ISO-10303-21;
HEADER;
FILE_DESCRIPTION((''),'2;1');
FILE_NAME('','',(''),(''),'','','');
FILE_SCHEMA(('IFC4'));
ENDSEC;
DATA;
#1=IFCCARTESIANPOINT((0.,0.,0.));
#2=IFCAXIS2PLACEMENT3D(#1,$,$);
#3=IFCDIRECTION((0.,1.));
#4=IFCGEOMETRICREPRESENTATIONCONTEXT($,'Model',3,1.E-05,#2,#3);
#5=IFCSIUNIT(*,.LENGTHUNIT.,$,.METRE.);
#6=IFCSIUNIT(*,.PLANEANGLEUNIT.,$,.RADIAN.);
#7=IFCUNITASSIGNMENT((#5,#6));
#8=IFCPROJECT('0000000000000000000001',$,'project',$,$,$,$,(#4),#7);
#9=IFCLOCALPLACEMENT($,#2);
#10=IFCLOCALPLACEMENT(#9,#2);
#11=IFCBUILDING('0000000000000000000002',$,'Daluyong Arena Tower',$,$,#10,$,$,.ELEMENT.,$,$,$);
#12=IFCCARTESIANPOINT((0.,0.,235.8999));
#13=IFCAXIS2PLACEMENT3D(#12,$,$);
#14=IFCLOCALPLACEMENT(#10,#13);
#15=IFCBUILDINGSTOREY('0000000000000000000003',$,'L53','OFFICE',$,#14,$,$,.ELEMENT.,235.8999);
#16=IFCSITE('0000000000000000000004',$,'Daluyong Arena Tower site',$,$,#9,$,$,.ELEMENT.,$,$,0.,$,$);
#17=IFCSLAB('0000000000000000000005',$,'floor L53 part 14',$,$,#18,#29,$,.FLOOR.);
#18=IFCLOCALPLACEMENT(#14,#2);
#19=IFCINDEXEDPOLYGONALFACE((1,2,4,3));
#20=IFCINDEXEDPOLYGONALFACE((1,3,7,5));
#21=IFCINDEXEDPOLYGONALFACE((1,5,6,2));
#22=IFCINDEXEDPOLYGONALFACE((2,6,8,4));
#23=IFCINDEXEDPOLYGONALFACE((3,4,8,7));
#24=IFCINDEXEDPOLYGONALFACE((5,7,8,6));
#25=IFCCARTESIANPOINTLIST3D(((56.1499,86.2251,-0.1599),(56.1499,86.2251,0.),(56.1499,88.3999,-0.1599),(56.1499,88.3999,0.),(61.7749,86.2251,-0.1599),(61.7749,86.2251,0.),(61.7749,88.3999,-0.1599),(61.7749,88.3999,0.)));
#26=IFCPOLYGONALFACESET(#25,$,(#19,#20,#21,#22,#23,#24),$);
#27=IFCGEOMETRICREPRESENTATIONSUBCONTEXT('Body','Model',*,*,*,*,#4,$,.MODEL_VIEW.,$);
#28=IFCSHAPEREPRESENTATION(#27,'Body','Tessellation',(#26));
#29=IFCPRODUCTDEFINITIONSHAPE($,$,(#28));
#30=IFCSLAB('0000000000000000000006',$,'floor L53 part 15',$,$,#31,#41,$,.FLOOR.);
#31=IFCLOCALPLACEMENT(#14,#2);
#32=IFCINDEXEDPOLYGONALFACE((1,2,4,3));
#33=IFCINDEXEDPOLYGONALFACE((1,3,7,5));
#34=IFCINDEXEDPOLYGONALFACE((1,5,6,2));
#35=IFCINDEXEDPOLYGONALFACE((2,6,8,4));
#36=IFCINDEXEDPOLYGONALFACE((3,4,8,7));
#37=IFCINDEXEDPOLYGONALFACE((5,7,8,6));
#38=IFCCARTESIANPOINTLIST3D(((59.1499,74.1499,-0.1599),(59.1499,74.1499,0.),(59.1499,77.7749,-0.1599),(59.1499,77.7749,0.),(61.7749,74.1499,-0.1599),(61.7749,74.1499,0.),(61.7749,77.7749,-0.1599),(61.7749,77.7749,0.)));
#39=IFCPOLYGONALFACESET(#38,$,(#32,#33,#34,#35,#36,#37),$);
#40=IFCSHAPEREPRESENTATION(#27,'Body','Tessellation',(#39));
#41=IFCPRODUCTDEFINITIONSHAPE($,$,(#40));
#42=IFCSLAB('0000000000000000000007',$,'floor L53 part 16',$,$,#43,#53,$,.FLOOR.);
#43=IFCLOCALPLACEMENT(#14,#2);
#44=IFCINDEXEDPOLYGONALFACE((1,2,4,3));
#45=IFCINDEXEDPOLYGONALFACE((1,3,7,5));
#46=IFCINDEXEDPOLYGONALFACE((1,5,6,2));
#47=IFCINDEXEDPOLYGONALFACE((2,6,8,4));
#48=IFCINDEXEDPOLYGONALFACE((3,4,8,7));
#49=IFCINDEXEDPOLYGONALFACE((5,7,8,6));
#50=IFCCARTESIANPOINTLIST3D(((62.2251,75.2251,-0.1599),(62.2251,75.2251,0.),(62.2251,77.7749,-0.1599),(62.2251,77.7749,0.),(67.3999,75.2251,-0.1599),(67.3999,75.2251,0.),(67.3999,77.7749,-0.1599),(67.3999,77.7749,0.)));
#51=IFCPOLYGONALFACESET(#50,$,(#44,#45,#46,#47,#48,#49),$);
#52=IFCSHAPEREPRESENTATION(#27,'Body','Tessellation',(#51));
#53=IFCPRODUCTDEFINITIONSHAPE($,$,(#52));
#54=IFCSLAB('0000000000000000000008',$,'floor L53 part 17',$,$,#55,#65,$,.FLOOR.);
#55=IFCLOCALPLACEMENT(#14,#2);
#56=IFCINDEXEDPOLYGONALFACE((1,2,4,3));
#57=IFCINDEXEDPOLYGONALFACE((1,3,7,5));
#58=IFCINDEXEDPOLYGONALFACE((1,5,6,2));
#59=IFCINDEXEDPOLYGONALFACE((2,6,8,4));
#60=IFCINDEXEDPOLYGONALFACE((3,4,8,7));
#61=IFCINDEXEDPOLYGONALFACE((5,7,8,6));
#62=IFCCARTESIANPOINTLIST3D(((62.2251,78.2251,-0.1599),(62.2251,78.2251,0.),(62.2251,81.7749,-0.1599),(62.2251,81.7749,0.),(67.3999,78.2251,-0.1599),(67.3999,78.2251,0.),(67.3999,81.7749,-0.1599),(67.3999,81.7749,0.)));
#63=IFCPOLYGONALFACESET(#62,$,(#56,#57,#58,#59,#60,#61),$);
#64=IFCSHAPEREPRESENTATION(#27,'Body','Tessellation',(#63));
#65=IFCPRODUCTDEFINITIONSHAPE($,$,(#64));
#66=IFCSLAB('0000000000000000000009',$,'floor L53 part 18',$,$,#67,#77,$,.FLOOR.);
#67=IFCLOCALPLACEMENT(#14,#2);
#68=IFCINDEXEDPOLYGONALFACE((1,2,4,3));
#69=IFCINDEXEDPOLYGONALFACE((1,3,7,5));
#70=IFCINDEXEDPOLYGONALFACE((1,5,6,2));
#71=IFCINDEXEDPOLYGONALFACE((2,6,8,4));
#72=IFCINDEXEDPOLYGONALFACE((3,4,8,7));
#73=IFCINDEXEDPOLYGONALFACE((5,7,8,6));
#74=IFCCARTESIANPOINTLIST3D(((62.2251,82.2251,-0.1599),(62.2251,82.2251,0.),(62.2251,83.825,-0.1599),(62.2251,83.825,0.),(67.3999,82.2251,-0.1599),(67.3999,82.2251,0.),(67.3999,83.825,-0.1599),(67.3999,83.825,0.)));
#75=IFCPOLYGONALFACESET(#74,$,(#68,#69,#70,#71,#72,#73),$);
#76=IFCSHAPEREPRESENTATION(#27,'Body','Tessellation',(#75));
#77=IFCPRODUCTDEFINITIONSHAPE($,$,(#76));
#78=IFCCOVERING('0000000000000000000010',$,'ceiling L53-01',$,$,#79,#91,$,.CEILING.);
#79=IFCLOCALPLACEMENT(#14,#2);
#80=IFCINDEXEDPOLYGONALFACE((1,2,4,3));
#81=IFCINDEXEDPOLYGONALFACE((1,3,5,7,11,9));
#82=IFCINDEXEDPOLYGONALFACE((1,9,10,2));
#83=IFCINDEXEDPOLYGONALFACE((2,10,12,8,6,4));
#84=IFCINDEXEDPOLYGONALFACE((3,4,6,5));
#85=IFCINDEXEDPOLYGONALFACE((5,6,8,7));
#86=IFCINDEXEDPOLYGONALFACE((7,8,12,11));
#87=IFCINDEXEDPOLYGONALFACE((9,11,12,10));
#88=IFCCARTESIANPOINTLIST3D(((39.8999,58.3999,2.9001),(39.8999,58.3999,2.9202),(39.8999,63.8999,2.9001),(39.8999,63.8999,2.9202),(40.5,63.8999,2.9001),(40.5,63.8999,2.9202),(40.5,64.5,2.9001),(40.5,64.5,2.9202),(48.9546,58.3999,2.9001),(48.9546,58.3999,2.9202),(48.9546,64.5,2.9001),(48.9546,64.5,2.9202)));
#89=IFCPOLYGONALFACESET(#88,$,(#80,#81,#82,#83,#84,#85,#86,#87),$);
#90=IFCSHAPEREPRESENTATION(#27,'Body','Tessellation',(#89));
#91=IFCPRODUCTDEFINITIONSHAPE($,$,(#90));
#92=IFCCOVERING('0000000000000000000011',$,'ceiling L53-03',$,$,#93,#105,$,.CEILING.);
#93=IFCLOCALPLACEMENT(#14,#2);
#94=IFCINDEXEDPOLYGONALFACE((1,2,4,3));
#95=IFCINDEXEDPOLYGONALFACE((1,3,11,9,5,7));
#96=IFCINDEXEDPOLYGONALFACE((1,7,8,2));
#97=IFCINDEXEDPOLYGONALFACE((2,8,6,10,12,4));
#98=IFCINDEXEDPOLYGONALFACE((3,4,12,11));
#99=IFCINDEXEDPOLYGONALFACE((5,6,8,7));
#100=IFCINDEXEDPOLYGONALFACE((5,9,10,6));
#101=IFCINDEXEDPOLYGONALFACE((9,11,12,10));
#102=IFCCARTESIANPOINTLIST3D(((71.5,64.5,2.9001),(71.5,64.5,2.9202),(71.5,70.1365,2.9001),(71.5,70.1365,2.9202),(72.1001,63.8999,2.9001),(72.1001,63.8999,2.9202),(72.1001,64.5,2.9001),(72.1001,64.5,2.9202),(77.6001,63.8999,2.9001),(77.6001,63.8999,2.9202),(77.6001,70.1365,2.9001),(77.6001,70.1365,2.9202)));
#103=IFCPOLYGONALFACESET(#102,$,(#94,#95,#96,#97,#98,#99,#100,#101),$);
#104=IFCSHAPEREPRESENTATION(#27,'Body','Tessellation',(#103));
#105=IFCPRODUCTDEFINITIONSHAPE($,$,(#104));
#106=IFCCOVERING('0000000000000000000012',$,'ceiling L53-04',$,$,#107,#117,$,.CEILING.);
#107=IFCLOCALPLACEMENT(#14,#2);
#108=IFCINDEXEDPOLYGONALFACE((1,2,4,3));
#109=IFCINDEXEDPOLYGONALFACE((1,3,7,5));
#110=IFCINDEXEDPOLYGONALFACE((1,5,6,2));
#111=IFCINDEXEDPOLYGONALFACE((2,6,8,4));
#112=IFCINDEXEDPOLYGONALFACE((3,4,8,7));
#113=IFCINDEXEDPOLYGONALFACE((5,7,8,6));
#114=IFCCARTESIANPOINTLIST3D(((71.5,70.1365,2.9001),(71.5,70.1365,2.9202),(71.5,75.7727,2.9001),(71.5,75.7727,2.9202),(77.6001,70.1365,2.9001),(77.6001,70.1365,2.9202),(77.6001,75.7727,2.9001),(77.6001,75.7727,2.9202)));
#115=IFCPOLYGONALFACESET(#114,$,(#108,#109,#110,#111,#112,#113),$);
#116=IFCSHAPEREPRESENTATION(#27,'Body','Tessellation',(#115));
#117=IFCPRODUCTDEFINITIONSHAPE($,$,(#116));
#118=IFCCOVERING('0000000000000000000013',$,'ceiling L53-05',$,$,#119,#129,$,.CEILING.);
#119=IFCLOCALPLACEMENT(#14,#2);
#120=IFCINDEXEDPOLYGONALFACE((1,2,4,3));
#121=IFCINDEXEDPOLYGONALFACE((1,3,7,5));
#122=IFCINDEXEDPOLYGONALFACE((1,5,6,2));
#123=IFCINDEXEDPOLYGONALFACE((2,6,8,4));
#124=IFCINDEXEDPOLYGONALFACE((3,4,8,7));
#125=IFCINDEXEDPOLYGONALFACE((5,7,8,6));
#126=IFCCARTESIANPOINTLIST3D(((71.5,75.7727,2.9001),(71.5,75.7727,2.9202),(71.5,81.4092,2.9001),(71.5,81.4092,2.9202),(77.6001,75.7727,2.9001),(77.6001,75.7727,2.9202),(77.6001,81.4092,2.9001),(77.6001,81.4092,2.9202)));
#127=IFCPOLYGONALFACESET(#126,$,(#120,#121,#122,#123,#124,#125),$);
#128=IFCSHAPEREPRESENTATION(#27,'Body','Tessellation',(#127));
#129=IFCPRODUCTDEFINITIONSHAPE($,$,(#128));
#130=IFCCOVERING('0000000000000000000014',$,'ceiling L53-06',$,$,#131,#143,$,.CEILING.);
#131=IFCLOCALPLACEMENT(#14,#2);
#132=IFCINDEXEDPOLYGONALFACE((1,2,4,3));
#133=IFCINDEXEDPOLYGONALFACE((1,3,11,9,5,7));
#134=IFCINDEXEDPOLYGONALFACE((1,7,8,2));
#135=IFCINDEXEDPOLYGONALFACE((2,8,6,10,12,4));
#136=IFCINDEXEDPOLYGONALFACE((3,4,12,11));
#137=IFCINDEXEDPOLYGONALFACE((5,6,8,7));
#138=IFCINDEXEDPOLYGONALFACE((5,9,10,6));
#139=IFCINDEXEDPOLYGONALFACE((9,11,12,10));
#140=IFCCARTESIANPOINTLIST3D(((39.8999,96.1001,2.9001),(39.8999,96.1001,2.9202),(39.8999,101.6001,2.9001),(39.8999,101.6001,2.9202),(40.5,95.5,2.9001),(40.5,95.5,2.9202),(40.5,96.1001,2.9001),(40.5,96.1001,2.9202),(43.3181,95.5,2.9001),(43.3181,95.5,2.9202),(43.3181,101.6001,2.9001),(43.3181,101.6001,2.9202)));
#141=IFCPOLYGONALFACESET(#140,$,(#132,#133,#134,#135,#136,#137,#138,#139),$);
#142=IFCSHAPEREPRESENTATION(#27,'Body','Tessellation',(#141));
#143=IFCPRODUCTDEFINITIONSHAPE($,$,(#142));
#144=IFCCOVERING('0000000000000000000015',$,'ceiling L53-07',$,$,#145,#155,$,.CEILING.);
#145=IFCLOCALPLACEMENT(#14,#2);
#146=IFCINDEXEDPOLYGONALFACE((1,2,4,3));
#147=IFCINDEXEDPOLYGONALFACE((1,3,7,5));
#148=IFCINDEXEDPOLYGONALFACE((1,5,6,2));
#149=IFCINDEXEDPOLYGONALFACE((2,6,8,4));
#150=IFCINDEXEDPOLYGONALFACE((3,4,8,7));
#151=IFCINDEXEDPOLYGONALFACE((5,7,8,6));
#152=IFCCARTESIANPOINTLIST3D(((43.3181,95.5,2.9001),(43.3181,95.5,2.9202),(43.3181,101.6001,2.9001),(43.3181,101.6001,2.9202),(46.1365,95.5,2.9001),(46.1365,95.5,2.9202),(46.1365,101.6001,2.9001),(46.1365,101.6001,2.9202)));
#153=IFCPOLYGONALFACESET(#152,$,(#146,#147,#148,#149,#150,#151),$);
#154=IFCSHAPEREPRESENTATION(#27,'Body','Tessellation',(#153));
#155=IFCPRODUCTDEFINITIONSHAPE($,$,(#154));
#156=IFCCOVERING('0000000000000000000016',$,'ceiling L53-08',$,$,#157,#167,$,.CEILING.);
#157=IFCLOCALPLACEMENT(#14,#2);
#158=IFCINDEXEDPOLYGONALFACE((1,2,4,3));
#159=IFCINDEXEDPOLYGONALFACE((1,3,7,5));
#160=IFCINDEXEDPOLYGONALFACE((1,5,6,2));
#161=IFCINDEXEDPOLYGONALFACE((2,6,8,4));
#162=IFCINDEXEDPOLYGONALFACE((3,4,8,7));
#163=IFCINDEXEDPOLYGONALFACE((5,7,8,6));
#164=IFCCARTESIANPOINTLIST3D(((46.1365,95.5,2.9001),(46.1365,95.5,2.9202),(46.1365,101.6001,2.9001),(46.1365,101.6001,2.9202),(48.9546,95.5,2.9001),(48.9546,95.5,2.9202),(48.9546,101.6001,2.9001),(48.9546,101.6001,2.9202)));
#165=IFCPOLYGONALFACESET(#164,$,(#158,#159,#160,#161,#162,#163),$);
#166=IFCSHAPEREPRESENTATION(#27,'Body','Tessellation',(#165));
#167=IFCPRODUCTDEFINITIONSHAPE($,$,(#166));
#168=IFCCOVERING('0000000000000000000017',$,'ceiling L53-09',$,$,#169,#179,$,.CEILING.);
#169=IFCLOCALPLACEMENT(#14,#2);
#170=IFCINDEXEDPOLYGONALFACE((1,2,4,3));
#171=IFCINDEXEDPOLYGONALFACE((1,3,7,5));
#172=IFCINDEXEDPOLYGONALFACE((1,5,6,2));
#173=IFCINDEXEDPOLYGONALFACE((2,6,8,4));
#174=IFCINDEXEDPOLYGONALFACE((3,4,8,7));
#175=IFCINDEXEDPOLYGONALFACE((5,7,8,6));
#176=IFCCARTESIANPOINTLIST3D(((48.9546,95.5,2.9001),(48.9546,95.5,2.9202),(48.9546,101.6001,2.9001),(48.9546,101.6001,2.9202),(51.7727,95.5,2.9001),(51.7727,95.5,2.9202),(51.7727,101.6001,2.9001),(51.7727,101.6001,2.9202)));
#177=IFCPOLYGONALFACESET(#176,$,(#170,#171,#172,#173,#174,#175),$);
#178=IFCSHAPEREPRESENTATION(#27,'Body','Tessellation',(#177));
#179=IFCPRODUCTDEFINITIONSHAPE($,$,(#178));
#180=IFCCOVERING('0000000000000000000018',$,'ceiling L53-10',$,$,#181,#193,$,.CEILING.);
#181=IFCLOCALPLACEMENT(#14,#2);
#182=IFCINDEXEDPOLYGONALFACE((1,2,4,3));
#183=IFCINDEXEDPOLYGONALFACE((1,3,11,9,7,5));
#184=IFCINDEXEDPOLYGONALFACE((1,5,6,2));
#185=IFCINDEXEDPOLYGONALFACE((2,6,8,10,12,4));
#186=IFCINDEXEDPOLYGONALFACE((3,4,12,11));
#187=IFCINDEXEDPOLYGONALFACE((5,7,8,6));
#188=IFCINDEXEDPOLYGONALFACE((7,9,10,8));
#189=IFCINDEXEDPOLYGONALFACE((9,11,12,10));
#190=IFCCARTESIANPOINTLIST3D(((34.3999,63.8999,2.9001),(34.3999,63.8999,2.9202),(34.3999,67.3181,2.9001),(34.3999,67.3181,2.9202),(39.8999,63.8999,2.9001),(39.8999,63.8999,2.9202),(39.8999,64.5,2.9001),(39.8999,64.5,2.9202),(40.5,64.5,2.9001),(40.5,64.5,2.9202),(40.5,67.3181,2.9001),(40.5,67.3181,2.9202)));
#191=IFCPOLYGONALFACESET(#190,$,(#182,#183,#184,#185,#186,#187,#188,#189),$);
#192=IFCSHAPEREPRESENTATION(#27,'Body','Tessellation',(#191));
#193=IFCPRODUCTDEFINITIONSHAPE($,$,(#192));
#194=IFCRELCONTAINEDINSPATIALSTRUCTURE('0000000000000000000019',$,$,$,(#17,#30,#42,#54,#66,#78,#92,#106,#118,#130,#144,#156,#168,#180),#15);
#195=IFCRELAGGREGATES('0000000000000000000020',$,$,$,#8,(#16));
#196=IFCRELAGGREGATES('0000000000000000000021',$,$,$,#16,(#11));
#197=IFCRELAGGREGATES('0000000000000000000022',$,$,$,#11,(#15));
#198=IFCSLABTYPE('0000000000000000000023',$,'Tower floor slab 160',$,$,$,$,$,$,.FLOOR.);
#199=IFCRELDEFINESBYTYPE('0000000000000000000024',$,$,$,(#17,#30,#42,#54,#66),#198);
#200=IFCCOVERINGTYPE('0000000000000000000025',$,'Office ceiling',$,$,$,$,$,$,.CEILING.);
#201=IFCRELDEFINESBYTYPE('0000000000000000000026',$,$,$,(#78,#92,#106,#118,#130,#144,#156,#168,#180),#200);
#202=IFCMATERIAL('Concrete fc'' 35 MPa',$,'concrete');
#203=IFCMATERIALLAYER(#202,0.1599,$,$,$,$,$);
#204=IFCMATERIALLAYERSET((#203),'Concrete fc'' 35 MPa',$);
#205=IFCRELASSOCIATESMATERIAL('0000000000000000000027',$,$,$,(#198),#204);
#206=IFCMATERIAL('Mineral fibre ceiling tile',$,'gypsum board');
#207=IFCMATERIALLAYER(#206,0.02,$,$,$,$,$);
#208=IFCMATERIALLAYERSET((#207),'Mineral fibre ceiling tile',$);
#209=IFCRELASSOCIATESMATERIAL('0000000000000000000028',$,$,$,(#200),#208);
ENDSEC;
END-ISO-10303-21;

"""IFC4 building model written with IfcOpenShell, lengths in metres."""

from ifc_helpers import new_model, si_unit, direction, frame, origin, place, context, subcontext, project, spatial, polyline, outline, extrude, material, layer, layer_set, type_object, element, save


model = new_model("IFC4")

# Units and contexts
model_context = context("Model", 3, precision=1e-05, world=origin(), true_north=direction((0.0, 1.0)))
body_context = subcontext(model_context, "Body", "Model", "MODEL_VIEW")
ifc_project = project(units=[si_unit("LENGTHUNIT", "METRE"), si_unit("PLANEANGLEUNIT", "RADIAN")], contexts=[model_context])

# Site, building, storey
site_placement = place(None, origin())
site = spatial("IfcSite", under=ifc_project, at=site_placement, Name="Daluyong Arena Tower site", CompositionType="ELEMENT", RefElevation=0.0)
building_placement = place(site_placement, origin())
building = spatial("IfcBuilding", under=site, at=building_placement, Name="Daluyong Arena Tower", CompositionType="ELEMENT")
storey_placement = place(building_placement, frame((0.0, 0.0, 235.8999)))
storey = spatial("IfcBuildingStorey", under=building, at=storey_placement, Name="L53", Description="OFFICE", CompositionType="ELEMENT", Elevation=235.8999)

# Slabs
ifc_material_1 = material(Name="Concrete fc' 35 MPa", Category="concrete")
ifc_layer_1 = layer(ifc_material_1, 0.1599)
ifc_layer_set_1 = layer_set([ifc_layer_1], Name="Concrete fc' 35 MPa")
slab_type = type_object("IfcSlabType", Name="Tower floor slab 160", PredefinedType="FLOOR", material=ifc_layer_set_1)
slab_1_placement = place(storey_placement, frame((0.0, 0.0, -0.1599)))
element("IfcSlab", 1, at=slab_1_placement, inside=storey, type_object=slab_type, Name="floor L53 part 14", PredefinedType="FLOOR", context=body_context, shape_type="SweptSolid", body=[
    extrude(outline(polyline([(56.1499, 88.3999), (56.1499, 86.2251), (61.7749, 86.2251), (61.7749, 88.3999), (56.1499, 88.3999)])), origin(), (0.0, 0.0, 1.0), 0.1599),
])
slab_2_placement = place(storey_placement, frame((0.0, 0.0, -0.1599)))
element("IfcSlab", 2, at=slab_2_placement, inside=storey, type_object=slab_type, Name="floor L53 part 15", PredefinedType="FLOOR", context=body_context, shape_type="SweptSolid", body=[
    extrude(outline(polyline([(61.7749, 77.7749), (59.1499, 77.7749), (59.1499, 74.1499), (61.7749, 74.1499), (61.7749, 77.7749)])), origin(), (0.0, 0.0, 1.0), 0.1599),
])
slab_3_placement = place(storey_placement, frame((0.0, 0.0, -0.1599)))
element("IfcSlab", 3, at=slab_3_placement, inside=storey, type_object=slab_type, Name="floor L53 part 16", PredefinedType="FLOOR", context=body_context, shape_type="SweptSolid", body=[
    extrude(outline(polyline([(67.3999, 75.2251), (67.3999, 77.7749), (62.2251, 77.7749), (62.2251, 75.2251), (67.3999, 75.2251)])), origin(), (0.0, 0.0, 1.0), 0.1599),
])
slab_4_placement = place(storey_placement, frame((0.0, 0.0, -0.1599)))
element("IfcSlab", 4, at=slab_4_placement, inside=storey, type_object=slab_type, Name="floor L53 part 17", PredefinedType="FLOOR", context=body_context, shape_type="SweptSolid", body=[
    extrude(outline(polyline([(67.3999, 78.2251), (67.3999, 81.7749), (62.2251, 81.7749), (62.2251, 78.2251), (67.3999, 78.2251)])), origin(), (0.0, 0.0, 1.0), 0.1599),
])
slab_5_placement = place(storey_placement, frame((0.0, 0.0, -0.1599)))
element("IfcSlab", 5, at=slab_5_placement, inside=storey, type_object=slab_type, Name="floor L53 part 18", PredefinedType="FLOOR", context=body_context, shape_type="SweptSolid", body=[
    extrude(outline(polyline([(67.3999, 83.825), (62.2251, 83.825), (62.2251, 82.2251), (67.3999, 82.2251), (67.3999, 83.825)])), origin(), (0.0, 0.0, 1.0), 0.1599),
])

# Coverings
ifc_material_2 = material(Name="Mineral fibre ceiling tile", Category="gypsum board")
ifc_layer_2 = layer(ifc_material_2, 0.02)
ifc_layer_set_2 = layer_set([ifc_layer_2], Name="Mineral fibre ceiling tile")
covering_type = type_object("IfcCoveringType", Name="Office ceiling", PredefinedType="CEILING", material=ifc_layer_set_2)
covering_1_placement = place(storey_placement, frame((0.0, 0.0, 2.9001)))
element("IfcCovering", 6, at=covering_1_placement, inside=storey, type_object=covering_type, Name="ceiling L53-01", PredefinedType="CEILING", context=body_context, shape_type="SweptSolid", body=[
    extrude(outline(polyline([(39.8999, 63.8999), (39.8999, 58.3999), (48.9546, 58.3999), (48.9546, 64.5), (40.5, 64.5), (40.5, 63.8999), (39.8999, 63.8999)])), origin(), (0.0, 0.0, 1.0), 0.02),
])
covering_2_placement = place(storey_placement, frame((0.0, 0.0, 2.9001)))
element("IfcCovering", 7, at=covering_2_placement, inside=storey, type_object=covering_type, Name="ceiling L53-03", PredefinedType="CEILING", context=body_context, shape_type="SweptSolid", body=[
    extrude(outline(polyline([(72.1001, 63.8999), (77.6001, 63.8999), (77.6001, 70.1365), (71.5, 70.1365), (71.5, 64.5), (72.1001, 64.5), (72.1001, 63.8999)])), origin(), (0.0, 0.0, 1.0), 0.02),
])
covering_3_placement = place(storey_placement, frame((0.0, 0.0, 2.9001)))
element("IfcCovering", 8, at=covering_3_placement, inside=storey, type_object=covering_type, Name="ceiling L53-04", PredefinedType="CEILING", context=body_context, shape_type="SweptSolid", body=[
    extrude(outline(polyline([(71.5, 70.1365), (77.6001, 70.1365), (77.6001, 75.7727), (71.5, 75.7727), (71.5, 70.1365)])), origin(), (0.0, 0.0, 1.0), 0.02),
])
covering_4_placement = place(storey_placement, frame((0.0, 0.0, 2.9001)))
element("IfcCovering", 9, at=covering_4_placement, inside=storey, type_object=covering_type, Name="ceiling L53-05", PredefinedType="CEILING", context=body_context, shape_type="SweptSolid", body=[
    extrude(outline(polyline([(71.5, 75.7727), (77.6001, 75.7727), (77.6001, 81.4092), (71.5, 81.4092), (71.5, 75.7727)])), origin(), (0.0, 0.0, 1.0), 0.02),
])
covering_5_placement = place(storey_placement, frame((0.0, 0.0, 2.9001)))
element("IfcCovering", 10, at=covering_5_placement, inside=storey, type_object=covering_type, Name="ceiling L53-06", PredefinedType="CEILING", context=body_context, shape_type="SweptSolid", body=[
    extrude(outline(polyline([(43.3181, 95.5), (43.3181, 101.6001), (39.8999, 101.6001), (39.8999, 96.1001), (40.5, 96.1001), (40.5, 95.5), (43.3181, 95.5)])), origin(), (0.0, 0.0, 1.0), 0.02),
])
covering_6_placement = place(storey_placement, frame((0.0, 0.0, 2.9001)))
element("IfcCovering", 11, at=covering_6_placement, inside=storey, type_object=covering_type, Name="ceiling L53-07", PredefinedType="CEILING", context=body_context, shape_type="SweptSolid", body=[
    extrude(outline(polyline([(46.1365, 95.5), (46.1365, 101.6001), (43.3181, 101.6001), (43.3181, 95.5), (46.1365, 95.5)])), origin(), (0.0, 0.0, 1.0), 0.02),
])
covering_7_placement = place(storey_placement, frame((0.0, 0.0, 2.9001)))
element("IfcCovering", 12, at=covering_7_placement, inside=storey, type_object=covering_type, Name="ceiling L53-08", PredefinedType="CEILING", context=body_context, shape_type="SweptSolid", body=[
    extrude(outline(polyline([(48.9546, 95.5), (48.9546, 101.6001), (46.1365, 101.6001), (46.1365, 95.5), (48.9546, 95.5)])), origin(), (0.0, 0.0, 1.0), 0.02),
])
covering_8_placement = place(storey_placement, frame((0.0, 0.0, 2.9001)))
element("IfcCovering", 13, at=covering_8_placement, inside=storey, type_object=covering_type, Name="ceiling L53-09", PredefinedType="CEILING", context=body_context, shape_type="SweptSolid", body=[
    extrude(outline(polyline([(51.7727, 95.5), (51.7727, 101.6001), (48.9546, 101.6001), (48.9546, 95.5), (51.7727, 95.5)])), origin(), (0.0, 0.0, 1.0), 0.02),
])
covering_9_placement = place(storey_placement, frame((0.0, 0.0, 2.9001)))
element("IfcCovering", 14, at=covering_9_placement, inside=storey, type_object=covering_type, Name="ceiling L53-10", PredefinedType="CEILING", context=body_context, shape_type="SweptSolid", body=[
    extrude(outline(polyline([(34.3999, 63.8999), (39.8999, 63.8999), (39.8999, 64.5), (40.5, 64.5), (40.5, 67.3181), (34.3999, 67.3181), (34.3999, 63.8999)])), origin(), (0.0, 0.0, 1.0), 0.02),
])

save(model, "model.ifc")
